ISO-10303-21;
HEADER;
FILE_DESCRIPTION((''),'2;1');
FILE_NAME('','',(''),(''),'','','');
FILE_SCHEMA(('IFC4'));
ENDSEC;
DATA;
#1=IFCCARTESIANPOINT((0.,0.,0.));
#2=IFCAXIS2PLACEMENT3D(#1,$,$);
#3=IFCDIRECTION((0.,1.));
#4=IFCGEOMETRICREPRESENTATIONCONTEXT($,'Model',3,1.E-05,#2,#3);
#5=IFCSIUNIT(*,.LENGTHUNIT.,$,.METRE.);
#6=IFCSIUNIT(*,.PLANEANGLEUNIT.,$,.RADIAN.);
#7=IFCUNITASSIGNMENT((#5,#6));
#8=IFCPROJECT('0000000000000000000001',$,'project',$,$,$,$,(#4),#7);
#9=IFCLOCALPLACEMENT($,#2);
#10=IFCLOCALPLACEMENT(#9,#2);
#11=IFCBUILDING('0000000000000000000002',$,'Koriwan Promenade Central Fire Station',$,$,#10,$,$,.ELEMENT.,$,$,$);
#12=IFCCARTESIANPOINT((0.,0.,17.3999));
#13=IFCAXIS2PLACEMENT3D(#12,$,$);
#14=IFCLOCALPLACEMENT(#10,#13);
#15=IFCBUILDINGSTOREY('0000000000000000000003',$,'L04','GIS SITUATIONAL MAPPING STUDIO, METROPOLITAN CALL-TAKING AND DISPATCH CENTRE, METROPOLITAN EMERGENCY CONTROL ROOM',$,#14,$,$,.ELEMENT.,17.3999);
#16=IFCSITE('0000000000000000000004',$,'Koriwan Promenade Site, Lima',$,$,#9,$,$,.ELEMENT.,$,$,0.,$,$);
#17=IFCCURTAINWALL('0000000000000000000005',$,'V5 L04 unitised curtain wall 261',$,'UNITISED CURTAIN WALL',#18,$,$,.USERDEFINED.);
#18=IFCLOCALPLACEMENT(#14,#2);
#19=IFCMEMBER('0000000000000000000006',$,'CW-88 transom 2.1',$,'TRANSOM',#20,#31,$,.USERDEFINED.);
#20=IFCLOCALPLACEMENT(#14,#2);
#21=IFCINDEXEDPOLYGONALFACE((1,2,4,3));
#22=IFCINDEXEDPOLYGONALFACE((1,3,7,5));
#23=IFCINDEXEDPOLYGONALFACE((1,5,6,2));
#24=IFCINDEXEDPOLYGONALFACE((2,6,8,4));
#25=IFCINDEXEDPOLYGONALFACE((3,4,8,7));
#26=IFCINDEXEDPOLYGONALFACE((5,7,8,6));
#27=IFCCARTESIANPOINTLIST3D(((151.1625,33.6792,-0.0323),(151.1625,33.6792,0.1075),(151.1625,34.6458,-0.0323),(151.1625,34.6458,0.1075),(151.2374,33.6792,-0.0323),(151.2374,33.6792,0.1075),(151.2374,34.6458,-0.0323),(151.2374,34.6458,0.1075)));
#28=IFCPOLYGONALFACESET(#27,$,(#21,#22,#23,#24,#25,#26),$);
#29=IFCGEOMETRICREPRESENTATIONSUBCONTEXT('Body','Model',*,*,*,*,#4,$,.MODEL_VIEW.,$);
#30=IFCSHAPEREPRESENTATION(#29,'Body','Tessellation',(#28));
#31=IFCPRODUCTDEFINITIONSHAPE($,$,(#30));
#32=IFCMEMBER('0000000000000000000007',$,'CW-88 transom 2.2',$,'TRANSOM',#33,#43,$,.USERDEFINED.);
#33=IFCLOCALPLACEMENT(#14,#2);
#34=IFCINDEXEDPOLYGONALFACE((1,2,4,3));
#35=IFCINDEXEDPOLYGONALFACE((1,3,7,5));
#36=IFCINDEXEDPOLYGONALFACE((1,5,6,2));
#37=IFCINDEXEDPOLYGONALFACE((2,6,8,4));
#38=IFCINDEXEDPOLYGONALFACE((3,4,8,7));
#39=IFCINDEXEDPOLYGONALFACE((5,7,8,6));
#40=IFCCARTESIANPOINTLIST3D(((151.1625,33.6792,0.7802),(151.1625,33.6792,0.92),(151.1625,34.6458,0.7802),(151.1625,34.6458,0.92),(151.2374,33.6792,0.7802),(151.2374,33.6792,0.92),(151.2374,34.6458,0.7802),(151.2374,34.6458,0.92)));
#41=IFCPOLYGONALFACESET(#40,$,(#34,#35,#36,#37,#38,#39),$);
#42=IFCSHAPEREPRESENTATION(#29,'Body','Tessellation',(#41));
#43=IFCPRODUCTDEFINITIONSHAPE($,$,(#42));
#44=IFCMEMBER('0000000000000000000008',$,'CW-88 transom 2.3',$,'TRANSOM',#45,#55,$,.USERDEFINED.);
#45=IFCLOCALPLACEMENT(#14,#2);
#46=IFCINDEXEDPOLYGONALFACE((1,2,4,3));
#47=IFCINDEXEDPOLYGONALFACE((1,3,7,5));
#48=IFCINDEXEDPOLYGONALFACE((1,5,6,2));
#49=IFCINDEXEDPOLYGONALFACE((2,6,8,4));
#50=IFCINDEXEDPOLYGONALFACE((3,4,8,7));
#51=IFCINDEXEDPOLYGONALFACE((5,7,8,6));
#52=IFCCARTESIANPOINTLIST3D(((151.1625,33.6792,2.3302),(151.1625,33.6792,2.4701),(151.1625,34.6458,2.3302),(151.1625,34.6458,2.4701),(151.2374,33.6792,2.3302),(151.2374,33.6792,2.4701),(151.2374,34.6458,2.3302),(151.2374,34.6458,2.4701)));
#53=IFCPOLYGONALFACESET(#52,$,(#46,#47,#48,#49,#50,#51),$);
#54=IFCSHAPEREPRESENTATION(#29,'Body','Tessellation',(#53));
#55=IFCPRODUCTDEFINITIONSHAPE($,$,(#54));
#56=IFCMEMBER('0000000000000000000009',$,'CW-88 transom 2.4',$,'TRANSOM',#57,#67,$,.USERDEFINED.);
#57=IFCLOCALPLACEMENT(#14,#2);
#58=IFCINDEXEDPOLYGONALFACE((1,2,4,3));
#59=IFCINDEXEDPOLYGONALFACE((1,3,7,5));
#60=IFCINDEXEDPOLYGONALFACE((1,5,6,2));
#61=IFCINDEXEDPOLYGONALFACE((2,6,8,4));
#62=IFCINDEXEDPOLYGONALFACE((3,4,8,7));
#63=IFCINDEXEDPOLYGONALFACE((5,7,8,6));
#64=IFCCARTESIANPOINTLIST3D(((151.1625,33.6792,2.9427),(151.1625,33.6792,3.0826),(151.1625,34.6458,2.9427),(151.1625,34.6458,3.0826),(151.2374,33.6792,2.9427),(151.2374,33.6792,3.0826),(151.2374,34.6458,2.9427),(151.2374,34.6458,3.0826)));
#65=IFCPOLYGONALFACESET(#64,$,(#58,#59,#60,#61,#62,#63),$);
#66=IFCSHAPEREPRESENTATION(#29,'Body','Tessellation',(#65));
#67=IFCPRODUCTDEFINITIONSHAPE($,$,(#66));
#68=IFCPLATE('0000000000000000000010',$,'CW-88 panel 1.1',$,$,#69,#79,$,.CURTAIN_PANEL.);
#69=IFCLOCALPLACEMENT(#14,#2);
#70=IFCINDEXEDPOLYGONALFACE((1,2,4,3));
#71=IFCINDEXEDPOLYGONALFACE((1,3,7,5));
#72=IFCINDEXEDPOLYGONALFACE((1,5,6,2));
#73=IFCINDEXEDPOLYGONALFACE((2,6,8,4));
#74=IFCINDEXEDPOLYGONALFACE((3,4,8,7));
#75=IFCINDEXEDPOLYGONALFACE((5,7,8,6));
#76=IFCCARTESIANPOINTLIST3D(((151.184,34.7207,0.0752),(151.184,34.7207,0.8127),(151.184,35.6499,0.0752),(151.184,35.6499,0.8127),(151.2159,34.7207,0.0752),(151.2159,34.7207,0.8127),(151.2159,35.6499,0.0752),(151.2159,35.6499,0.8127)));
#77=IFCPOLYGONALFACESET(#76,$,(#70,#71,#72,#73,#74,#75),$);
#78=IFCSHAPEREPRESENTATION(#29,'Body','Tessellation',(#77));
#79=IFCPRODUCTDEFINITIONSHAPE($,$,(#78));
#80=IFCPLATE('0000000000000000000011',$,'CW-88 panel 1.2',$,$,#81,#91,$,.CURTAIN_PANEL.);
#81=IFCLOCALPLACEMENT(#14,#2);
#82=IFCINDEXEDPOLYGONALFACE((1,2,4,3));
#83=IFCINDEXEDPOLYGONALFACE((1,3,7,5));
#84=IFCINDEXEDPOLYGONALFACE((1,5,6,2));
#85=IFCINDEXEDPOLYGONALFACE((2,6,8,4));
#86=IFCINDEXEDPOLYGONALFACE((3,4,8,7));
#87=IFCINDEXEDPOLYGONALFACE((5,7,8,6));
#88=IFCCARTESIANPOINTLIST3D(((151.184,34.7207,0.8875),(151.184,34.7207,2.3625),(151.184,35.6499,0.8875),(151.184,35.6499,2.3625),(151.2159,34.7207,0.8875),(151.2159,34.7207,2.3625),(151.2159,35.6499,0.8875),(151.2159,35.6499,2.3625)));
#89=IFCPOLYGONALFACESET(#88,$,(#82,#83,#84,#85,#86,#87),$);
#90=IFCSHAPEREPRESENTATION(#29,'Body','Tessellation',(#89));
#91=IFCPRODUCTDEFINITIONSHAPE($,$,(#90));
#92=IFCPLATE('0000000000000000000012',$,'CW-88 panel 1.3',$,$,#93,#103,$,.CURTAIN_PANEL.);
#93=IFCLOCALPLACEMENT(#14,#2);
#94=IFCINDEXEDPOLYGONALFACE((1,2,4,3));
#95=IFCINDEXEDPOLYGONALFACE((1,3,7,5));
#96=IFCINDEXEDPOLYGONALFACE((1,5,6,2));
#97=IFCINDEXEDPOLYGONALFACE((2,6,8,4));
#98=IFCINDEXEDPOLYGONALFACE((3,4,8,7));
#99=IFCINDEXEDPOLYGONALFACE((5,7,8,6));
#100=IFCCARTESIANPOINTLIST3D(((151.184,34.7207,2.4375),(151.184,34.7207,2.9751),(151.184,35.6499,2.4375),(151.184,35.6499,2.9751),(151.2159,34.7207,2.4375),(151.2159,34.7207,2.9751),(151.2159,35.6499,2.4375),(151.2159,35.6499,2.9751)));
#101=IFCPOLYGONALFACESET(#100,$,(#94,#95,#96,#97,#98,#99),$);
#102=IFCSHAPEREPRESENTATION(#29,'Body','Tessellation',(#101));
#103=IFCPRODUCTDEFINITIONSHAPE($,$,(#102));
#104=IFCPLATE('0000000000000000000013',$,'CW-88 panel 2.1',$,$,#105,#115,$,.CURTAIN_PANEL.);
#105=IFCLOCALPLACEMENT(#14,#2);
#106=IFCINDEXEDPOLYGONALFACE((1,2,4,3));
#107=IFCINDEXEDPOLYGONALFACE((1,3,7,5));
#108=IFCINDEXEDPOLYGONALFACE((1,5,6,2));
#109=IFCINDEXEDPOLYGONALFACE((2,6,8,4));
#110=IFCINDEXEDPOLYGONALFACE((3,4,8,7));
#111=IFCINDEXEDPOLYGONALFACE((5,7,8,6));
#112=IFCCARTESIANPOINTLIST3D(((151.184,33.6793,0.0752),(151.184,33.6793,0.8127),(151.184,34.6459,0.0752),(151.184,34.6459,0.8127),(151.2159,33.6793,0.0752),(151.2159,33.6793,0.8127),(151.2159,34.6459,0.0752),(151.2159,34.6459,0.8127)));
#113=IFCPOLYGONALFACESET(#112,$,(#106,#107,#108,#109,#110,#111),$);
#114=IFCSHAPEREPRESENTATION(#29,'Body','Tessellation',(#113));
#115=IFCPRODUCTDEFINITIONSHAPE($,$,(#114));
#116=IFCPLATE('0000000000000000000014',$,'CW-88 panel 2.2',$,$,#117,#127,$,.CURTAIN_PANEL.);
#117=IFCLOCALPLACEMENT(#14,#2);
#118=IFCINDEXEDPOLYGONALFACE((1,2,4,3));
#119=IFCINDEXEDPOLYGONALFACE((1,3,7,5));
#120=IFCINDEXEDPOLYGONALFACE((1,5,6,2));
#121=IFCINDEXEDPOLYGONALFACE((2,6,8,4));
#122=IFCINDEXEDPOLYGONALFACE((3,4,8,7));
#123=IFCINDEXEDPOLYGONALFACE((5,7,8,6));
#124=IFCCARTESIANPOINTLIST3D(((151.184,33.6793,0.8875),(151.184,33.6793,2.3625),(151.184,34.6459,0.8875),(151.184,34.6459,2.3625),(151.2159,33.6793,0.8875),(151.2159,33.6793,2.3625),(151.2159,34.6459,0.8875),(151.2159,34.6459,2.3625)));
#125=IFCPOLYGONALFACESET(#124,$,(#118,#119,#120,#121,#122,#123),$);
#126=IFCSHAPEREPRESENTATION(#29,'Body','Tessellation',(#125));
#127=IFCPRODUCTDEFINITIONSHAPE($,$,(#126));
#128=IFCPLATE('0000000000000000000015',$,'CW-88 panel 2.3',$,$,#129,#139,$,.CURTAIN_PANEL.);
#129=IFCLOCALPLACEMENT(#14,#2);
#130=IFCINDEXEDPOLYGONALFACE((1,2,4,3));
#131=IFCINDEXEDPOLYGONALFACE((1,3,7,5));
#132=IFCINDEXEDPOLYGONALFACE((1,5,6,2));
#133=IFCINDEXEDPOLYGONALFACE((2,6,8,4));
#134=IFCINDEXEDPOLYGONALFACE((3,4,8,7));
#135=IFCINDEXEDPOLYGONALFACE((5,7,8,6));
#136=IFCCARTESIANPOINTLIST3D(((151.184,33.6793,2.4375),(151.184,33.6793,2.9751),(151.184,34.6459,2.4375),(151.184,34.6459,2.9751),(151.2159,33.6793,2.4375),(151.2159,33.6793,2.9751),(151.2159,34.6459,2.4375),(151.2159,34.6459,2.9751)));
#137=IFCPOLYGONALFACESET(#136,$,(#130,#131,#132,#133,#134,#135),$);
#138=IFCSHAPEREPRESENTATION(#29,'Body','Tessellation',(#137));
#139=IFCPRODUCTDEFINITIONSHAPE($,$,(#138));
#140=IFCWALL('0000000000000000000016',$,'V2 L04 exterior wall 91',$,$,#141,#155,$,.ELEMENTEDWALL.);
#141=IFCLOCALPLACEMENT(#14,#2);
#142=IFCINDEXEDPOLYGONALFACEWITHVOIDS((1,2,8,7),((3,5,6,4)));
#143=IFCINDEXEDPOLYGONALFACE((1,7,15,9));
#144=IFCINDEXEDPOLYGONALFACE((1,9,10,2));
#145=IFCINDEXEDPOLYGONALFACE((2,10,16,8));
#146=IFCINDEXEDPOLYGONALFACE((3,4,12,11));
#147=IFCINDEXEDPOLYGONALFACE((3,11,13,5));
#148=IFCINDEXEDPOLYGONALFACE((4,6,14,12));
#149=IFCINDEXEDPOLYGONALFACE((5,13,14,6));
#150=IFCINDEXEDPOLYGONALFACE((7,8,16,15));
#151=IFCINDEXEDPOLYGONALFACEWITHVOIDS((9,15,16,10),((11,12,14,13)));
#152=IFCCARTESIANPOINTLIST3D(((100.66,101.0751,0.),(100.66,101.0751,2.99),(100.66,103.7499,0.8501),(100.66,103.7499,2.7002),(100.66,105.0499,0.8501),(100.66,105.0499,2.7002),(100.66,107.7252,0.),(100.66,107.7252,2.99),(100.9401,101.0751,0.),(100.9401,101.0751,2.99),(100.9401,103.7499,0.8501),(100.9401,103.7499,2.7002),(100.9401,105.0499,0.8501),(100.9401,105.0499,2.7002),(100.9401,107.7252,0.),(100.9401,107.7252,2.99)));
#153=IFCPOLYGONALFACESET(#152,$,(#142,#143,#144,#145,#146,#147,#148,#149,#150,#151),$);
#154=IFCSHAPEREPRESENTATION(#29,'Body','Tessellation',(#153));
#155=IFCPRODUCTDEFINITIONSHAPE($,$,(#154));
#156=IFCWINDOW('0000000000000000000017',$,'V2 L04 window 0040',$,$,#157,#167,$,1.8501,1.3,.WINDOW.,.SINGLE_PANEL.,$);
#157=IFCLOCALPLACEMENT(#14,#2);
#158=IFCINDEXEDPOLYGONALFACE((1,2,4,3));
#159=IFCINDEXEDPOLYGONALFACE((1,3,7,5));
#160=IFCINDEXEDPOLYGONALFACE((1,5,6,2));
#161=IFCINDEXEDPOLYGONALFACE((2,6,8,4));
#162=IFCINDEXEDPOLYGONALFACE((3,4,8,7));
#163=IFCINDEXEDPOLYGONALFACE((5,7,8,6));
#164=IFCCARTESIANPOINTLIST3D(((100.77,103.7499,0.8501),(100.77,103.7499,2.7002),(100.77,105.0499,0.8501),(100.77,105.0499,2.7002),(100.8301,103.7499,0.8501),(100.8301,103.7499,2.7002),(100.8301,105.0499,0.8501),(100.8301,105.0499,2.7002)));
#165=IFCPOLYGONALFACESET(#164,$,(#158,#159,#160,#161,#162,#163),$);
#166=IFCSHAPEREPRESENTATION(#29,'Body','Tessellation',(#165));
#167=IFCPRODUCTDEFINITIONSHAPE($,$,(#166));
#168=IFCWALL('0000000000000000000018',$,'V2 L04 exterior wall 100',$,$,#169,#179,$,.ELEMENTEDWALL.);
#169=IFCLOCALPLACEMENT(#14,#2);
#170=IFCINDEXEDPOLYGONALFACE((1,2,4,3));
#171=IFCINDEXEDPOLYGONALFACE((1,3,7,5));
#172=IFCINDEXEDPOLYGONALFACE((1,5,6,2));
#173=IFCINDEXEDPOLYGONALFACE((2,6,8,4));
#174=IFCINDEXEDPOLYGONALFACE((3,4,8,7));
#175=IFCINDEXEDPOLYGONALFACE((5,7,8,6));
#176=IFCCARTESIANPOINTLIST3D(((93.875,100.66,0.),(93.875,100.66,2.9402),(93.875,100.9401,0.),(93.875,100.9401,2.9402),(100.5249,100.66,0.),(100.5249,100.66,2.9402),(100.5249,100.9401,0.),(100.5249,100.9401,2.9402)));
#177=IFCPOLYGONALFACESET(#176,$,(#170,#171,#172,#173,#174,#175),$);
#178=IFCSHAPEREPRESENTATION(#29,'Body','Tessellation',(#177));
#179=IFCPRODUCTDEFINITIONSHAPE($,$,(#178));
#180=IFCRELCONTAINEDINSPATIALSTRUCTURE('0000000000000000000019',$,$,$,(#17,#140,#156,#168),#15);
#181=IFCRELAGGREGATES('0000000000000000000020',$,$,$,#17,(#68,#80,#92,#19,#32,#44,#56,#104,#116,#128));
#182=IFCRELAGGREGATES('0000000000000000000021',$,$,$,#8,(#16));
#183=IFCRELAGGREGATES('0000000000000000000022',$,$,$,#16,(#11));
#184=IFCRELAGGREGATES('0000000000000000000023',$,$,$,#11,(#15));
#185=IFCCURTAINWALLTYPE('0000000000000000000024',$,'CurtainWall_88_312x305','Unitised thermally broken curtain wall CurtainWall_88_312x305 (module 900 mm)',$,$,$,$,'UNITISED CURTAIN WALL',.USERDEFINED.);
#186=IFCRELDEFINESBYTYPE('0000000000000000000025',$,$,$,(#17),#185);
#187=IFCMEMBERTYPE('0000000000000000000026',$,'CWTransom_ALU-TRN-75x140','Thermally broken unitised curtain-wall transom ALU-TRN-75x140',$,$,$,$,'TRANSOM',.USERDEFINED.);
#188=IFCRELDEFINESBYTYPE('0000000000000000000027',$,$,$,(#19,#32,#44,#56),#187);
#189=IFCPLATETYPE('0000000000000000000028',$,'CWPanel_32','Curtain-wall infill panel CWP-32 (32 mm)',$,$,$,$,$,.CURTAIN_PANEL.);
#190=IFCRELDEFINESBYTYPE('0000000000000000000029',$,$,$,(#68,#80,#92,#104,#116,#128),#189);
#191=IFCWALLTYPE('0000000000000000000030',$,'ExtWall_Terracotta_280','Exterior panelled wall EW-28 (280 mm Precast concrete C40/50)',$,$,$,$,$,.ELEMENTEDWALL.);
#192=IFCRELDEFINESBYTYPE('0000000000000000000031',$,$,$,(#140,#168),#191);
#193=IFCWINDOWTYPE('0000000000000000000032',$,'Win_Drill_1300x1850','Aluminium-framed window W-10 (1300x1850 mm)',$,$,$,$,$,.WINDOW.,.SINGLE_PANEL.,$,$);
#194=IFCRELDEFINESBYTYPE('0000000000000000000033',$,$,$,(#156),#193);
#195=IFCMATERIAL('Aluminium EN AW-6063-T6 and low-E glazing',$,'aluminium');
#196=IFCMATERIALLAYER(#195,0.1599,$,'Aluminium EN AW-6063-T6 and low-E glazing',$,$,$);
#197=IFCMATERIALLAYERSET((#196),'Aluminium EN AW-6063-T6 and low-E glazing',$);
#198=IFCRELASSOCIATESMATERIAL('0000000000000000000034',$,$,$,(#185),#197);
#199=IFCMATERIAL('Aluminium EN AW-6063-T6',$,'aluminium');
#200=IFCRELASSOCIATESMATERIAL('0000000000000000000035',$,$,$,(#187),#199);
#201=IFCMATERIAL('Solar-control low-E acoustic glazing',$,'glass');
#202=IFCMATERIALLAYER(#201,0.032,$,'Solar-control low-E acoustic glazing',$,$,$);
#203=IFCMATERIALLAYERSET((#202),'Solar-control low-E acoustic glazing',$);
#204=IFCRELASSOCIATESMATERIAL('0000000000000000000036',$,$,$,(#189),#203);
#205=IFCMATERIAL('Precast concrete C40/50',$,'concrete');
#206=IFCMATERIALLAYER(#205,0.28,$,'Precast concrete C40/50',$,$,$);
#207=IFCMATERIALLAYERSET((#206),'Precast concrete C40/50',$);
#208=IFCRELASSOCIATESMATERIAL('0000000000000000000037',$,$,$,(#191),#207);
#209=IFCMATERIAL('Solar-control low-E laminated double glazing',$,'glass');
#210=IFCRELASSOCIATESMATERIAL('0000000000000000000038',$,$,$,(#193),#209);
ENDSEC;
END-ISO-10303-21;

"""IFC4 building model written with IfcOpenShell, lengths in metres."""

from ifc_helpers import new_model, si_unit, direction, frame, frame_2d, origin, origin_2d, place, context, subcontext, project, spatial, rectangle, extrude, material, layer, layer_set, material_profile, profile_set, type_object, element, fill, aggregate, save


model = new_model("IFC4")

# Units and contexts
model_context = context("Model", 3, precision=1e-05, world=origin(), true_north=direction((0.0, 1.0)))
body_context = subcontext(model_context, "Body", "Model", "MODEL_VIEW")
ifc_project = project(units=[si_unit("LENGTHUNIT", "METRE"), si_unit("PLANEANGLEUNIT", "RADIAN")], contexts=[model_context])

# Site, building, storey
site_placement = place(None, origin())
site = spatial("IfcSite", under=ifc_project, at=site_placement, Name="Koriwan Promenade Site, Lima", CompositionType="ELEMENT", RefElevation=0.0)
building_placement = place(site_placement, origin())
building = spatial("IfcBuilding", under=site, at=building_placement, Name="Koriwan Promenade Central Fire Station", CompositionType="ELEMENT")
storey_placement = place(building_placement, frame((0.0, 0.0, 17.3999)))
storey = spatial("IfcBuildingStorey", under=building, at=storey_placement, Name="L04", Description="GIS SITUATIONAL MAPPING STUDIO, METROPOLITAN CALL-TAKING AND DISPATCH CENTRE, METROPOLITAN EMERGENCY CONTROL ROOM", CompositionType="ELEMENT", Elevation=17.3999)

# Curtain wall, members, plates
ifc_material_1 = material(Name="Aluminium EN AW-6063-T6 and low-E glazing", Category="aluminium")
ifc_layer_1 = layer(ifc_material_1, 0.1599, Name="Aluminium EN AW-6063-T6 and low-E glazing")
ifc_layer_set_1 = layer_set([ifc_layer_1], Name="Aluminium EN AW-6063-T6 and low-E glazing")
curtain_wall_type = type_object("IfcCurtainWallType", Name="CurtainWall_88_312x305", Description="Unitised thermally broken curtain wall CurtainWall_88_312x305 (module 900 mm)", ElementType="UNITISED CURTAIN WALL", PredefinedType="USERDEFINED", material=ifc_layer_set_1)
curtain_wall_placement = place(storey_placement, origin())
curtain_wall = element("IfcCurtainWall", 1, at=curtain_wall_placement, inside=storey, type_object=curtain_wall_type, Name="V5 L04 unitised curtain wall 261", ObjectType="UNITISED CURTAIN WALL", PredefinedType="USERDEFINED")
ifc_material_2 = material(Name="Aluminium EN AW-6063-T6", Category="aluminium")
ifc_material_profile_1 = material_profile(ifc_material_2, rectangle(XDim=0.075, YDim=0.1399, at=origin_2d()), Name="ALU-TRN-75x140")
ifc_profile_set_1 = profile_set([ifc_material_profile_1], Name="Aluminium EN AW-6063-T6")
member_type_1 = type_object("IfcMemberType", Name="CWTransom_ALU-TRN-75x140", Description="Thermally broken unitised curtain-wall transom ALU-TRN-75x140", ElementType="TRANSOM", PredefinedType="USERDEFINED", material=ifc_profile_set_1)
member_1_placement = place(storey_placement, frame((151.2, 34.6458, 0.0376), z_axis=(0.0, -1.0, 0.0), x_axis=(1.0, 0.0, 0.0)))
member_1 = element("IfcMember", 2, at=member_1_placement, type_object=member_type_1, Name="CW-88 transom 2.1", ObjectType="TRANSOM", PredefinedType="USERDEFINED", context=body_context, shape_type="SweptSolid", body=[
    extrude(rectangle(XDim=0.075, YDim=0.1399, at=origin_2d()), origin(), (0.0, 0.0, 1.0), 0.9666),
])
member_2_placement = place(storey_placement, frame((151.2, 34.6458, 0.8501), z_axis=(0.0, -1.0, 0.0), x_axis=(1.0, 0.0, 0.0)))
member_2 = element("IfcMember", 3, at=member_2_placement, type_object=member_type_1, Name="CW-88 transom 2.2", ObjectType="TRANSOM", PredefinedType="USERDEFINED", context=body_context, shape_type="SweptSolid", body=[
    extrude(rectangle(XDim=0.075, YDim=0.1399, at=origin_2d()), origin(), (0.0, 0.0, 1.0), 0.9666),
])
member_3_placement = place(storey_placement, frame((151.2, 34.6458, 2.4001), z_axis=(0.0, -1.0, 0.0), x_axis=(1.0, 0.0, 0.0)))
member_3 = element("IfcMember", 4, at=member_3_placement, type_object=member_type_1, Name="CW-88 transom 2.3", ObjectType="TRANSOM", PredefinedType="USERDEFINED", context=body_context, shape_type="SweptSolid", body=[
    extrude(rectangle(XDim=0.075, YDim=0.1399, at=origin_2d()), origin(), (0.0, 0.0, 1.0), 0.9666),
])
member_4_placement = place(storey_placement, frame((151.2, 34.6458, 3.0127), z_axis=(0.0, -1.0, 0.0), x_axis=(1.0, 0.0, 0.0)))
member_4 = element("IfcMember", 5, at=member_4_placement, type_object=member_type_1, Name="CW-88 transom 2.4", ObjectType="TRANSOM", PredefinedType="USERDEFINED", context=body_context, shape_type="SweptSolid", body=[
    extrude(rectangle(XDim=0.075, YDim=0.1399, at=origin_2d()), origin(), (0.0, 0.0, 1.0), 0.9666),
])
ifc_material_3 = material(Name="Solar-control low-E acoustic glazing", Category="glass")
ifc_layer_2 = layer(ifc_material_3, 0.032, Name="Solar-control low-E acoustic glazing")
ifc_layer_set_2 = layer_set([ifc_layer_2], Name="Solar-control low-E acoustic glazing")
plate_type = type_object("IfcPlateType", Name="CWPanel_32", Description="Curtain-wall infill panel CWP-32 (32 mm)", PredefinedType="CURTAIN_PANEL", material=ifc_layer_set_2)
plate_1_placement = place(storey_placement, frame((151.2, 35.1853, 0.0752), z_axis=(0.0, 0.0, 1.0), x_axis=(0.0, -1.0, 0.0)))
plate_1 = element("IfcPlate", 6, at=plate_1_placement, type_object=plate_type, Name="CW-88 panel 1.1", PredefinedType="CURTAIN_PANEL", context=body_context, shape_type="SweptSolid", body=[
    extrude(rectangle(XDim=0.9292, YDim=0.032, at=origin_2d()), origin(), (0.0, 0.0, 1.0), 0.7375),
])
plate_2_placement = place(storey_placement, frame((151.2, 35.1853, 0.8875), z_axis=(0.0, 0.0, 1.0), x_axis=(0.0, -1.0, 0.0)))
plate_2 = element("IfcPlate", 7, at=plate_2_placement, type_object=plate_type, Name="CW-88 panel 1.2", PredefinedType="CURTAIN_PANEL", context=body_context, shape_type="SweptSolid", body=[
    extrude(rectangle(XDim=0.9292, YDim=0.032, at=origin_2d()), origin(), (0.0, 0.0, 1.0), 1.4751),
])
plate_3_placement = place(storey_placement, frame((151.2, 35.1853, 2.4375), z_axis=(0.0, 0.0, 1.0), x_axis=(0.0, -1.0, 0.0)))
plate_3 = element("IfcPlate", 8, at=plate_3_placement, type_object=plate_type, Name="CW-88 panel 1.3", PredefinedType="CURTAIN_PANEL", context=body_context, shape_type="SweptSolid", body=[
    extrude(rectangle(XDim=0.9292, YDim=0.032, at=origin_2d()), origin(), (0.0, 0.0, 1.0), 0.5376),
])
plate_4_placement = place(storey_placement, frame((151.2, 34.1626, 0.0752), z_axis=(0.0, 0.0, 1.0), x_axis=(0.0, -1.0, 0.0)))
plate_4 = element("IfcPlate", 9, at=plate_4_placement, type_object=plate_type, Name="CW-88 panel 2.1", PredefinedType="CURTAIN_PANEL", context=body_context, shape_type="SweptSolid", body=[
    extrude(rectangle(XDim=0.9666, YDim=0.032, at=origin_2d()), origin(), (0.0, 0.0, 1.0), 0.7375),
])
plate_5_placement = place(storey_placement, frame((151.2, 34.1626, 0.8875), z_axis=(0.0, 0.0, 1.0), x_axis=(0.0, -1.0, 0.0)))
plate_5 = element("IfcPlate", 10, at=plate_5_placement, type_object=plate_type, Name="CW-88 panel 2.2", PredefinedType="CURTAIN_PANEL", context=body_context, shape_type="SweptSolid", body=[
    extrude(rectangle(XDim=0.9666, YDim=0.032, at=origin_2d()), origin(), (0.0, 0.0, 1.0), 1.4751),
])
plate_6_placement = place(storey_placement, frame((151.2, 34.1626, 2.4375), z_axis=(0.0, 0.0, 1.0), x_axis=(0.0, -1.0, 0.0)))
plate_6 = element("IfcPlate", 11, at=plate_6_placement, type_object=plate_type, Name="CW-88 panel 2.3", PredefinedType="CURTAIN_PANEL", context=body_context, shape_type="SweptSolid", body=[
    extrude(rectangle(XDim=0.9666, YDim=0.032, at=origin_2d()), origin(), (0.0, 0.0, 1.0), 0.5376),
])
aggregate(curtain_wall, [plate_1, plate_2, plate_3, member_1, member_2, member_3, member_4, plate_4, plate_5, plate_6])

# Wall, opening, window
ifc_material_4 = material(Name="Precast concrete C40/50", Category="concrete")
ifc_layer_3 = layer(ifc_material_4, 0.28, Name="Precast concrete C40/50")
ifc_layer_set_3 = layer_set([ifc_layer_3], Name="Precast concrete C40/50")
wall_type_1 = type_object("IfcWallType", Name="ExtWall_Terracotta_280", Description="Exterior panelled wall EW-28 (280 mm Precast concrete C40/50)", PredefinedType="ELEMENTEDWALL", material=ifc_layer_set_3)
wall_1_placement = place(storey_placement, frame((100.8, 101.075, 0.0), z_axis=(0.0, 0.0, 1.0), x_axis=(0.0, 1.0, 0.0)))
wall_1 = element("IfcWall", 12, at=wall_1_placement, inside=storey, type_object=wall_type_1, Name="V2 L04 exterior wall 91", PredefinedType="ELEMENTEDWALL", context=body_context, shape_type="SweptSolid", body=[
    extrude(rectangle(XDim=6.6501, YDim=0.28, at=frame_2d((3.3252, 0.0))), origin(), (0.0, 0.0, 1.0), 2.99),
])
opening_1_placement = place(wall_1_placement, frame((2.675, 0.0, 0.8501)))
opening_1 = element("IfcOpeningElement", 13, at=opening_1_placement, cuts=wall_1, PredefinedType="OPENING", context=body_context, shape_type="SweptSolid", body=[
    extrude(rectangle(XDim=1.3, YDim=1.8501, at=frame_2d((0.6499, 0.925))), frame((0.0, 0.1519, 0.0), z_axis=(0.0, -1.0, 0.0), x_axis=(1.0, 0.0, 0.0)), (0.0, 0.0, 1.0), 0.304),
])
ifc_material_5 = material(Name="Solar-control low-E laminated double glazing", Category="glass")
window_type = type_object("IfcWindowType", Name="Win_Drill_1300x1850", Description="Aluminium-framed window W-10 (1300x1850 mm)", PartitioningType="SINGLE_PANEL", PredefinedType="WINDOW", material=ifc_material_5)
window_placement = place(opening_1_placement, origin())
window = element("IfcWindow", 14, at=window_placement, inside=storey, type_object=window_type, Name="V2 L04 window 0040", OverallHeight=1.8501, OverallWidth=1.3, PartitioningType="SINGLE_PANEL", PredefinedType="WINDOW", context=body_context, shape_type="SweptSolid", body=[
    extrude(rectangle(XDim=1.3, YDim=1.8501, at=frame_2d((0.6499, 0.925))), frame((0.0, 0.03, 0.0), z_axis=(0.0, -1.0, 0.0), x_axis=(1.0, 0.0, 0.0)), (0.0, 0.0, 1.0), 0.0601),
])
fill(opening_1, window)

# Wall
wall_2_placement = place(storey_placement, frame((93.875, 100.8, 0.0), z_axis=(0.0, 0.0, 1.0), x_axis=(1.0, 0.0, 0.0)))
element("IfcWall", 15, at=wall_2_placement, inside=storey, type_object=wall_type_1, Name="V2 L04 exterior wall 100", PredefinedType="ELEMENTEDWALL", context=body_context, shape_type="SweptSolid", body=[
    extrude(rectangle(XDim=6.6499, YDim=0.28, at=frame_2d((3.325, 0.0))), origin(), (0.0, 0.0, 1.0), 2.9402),
])

save(model, "model.ifc")
